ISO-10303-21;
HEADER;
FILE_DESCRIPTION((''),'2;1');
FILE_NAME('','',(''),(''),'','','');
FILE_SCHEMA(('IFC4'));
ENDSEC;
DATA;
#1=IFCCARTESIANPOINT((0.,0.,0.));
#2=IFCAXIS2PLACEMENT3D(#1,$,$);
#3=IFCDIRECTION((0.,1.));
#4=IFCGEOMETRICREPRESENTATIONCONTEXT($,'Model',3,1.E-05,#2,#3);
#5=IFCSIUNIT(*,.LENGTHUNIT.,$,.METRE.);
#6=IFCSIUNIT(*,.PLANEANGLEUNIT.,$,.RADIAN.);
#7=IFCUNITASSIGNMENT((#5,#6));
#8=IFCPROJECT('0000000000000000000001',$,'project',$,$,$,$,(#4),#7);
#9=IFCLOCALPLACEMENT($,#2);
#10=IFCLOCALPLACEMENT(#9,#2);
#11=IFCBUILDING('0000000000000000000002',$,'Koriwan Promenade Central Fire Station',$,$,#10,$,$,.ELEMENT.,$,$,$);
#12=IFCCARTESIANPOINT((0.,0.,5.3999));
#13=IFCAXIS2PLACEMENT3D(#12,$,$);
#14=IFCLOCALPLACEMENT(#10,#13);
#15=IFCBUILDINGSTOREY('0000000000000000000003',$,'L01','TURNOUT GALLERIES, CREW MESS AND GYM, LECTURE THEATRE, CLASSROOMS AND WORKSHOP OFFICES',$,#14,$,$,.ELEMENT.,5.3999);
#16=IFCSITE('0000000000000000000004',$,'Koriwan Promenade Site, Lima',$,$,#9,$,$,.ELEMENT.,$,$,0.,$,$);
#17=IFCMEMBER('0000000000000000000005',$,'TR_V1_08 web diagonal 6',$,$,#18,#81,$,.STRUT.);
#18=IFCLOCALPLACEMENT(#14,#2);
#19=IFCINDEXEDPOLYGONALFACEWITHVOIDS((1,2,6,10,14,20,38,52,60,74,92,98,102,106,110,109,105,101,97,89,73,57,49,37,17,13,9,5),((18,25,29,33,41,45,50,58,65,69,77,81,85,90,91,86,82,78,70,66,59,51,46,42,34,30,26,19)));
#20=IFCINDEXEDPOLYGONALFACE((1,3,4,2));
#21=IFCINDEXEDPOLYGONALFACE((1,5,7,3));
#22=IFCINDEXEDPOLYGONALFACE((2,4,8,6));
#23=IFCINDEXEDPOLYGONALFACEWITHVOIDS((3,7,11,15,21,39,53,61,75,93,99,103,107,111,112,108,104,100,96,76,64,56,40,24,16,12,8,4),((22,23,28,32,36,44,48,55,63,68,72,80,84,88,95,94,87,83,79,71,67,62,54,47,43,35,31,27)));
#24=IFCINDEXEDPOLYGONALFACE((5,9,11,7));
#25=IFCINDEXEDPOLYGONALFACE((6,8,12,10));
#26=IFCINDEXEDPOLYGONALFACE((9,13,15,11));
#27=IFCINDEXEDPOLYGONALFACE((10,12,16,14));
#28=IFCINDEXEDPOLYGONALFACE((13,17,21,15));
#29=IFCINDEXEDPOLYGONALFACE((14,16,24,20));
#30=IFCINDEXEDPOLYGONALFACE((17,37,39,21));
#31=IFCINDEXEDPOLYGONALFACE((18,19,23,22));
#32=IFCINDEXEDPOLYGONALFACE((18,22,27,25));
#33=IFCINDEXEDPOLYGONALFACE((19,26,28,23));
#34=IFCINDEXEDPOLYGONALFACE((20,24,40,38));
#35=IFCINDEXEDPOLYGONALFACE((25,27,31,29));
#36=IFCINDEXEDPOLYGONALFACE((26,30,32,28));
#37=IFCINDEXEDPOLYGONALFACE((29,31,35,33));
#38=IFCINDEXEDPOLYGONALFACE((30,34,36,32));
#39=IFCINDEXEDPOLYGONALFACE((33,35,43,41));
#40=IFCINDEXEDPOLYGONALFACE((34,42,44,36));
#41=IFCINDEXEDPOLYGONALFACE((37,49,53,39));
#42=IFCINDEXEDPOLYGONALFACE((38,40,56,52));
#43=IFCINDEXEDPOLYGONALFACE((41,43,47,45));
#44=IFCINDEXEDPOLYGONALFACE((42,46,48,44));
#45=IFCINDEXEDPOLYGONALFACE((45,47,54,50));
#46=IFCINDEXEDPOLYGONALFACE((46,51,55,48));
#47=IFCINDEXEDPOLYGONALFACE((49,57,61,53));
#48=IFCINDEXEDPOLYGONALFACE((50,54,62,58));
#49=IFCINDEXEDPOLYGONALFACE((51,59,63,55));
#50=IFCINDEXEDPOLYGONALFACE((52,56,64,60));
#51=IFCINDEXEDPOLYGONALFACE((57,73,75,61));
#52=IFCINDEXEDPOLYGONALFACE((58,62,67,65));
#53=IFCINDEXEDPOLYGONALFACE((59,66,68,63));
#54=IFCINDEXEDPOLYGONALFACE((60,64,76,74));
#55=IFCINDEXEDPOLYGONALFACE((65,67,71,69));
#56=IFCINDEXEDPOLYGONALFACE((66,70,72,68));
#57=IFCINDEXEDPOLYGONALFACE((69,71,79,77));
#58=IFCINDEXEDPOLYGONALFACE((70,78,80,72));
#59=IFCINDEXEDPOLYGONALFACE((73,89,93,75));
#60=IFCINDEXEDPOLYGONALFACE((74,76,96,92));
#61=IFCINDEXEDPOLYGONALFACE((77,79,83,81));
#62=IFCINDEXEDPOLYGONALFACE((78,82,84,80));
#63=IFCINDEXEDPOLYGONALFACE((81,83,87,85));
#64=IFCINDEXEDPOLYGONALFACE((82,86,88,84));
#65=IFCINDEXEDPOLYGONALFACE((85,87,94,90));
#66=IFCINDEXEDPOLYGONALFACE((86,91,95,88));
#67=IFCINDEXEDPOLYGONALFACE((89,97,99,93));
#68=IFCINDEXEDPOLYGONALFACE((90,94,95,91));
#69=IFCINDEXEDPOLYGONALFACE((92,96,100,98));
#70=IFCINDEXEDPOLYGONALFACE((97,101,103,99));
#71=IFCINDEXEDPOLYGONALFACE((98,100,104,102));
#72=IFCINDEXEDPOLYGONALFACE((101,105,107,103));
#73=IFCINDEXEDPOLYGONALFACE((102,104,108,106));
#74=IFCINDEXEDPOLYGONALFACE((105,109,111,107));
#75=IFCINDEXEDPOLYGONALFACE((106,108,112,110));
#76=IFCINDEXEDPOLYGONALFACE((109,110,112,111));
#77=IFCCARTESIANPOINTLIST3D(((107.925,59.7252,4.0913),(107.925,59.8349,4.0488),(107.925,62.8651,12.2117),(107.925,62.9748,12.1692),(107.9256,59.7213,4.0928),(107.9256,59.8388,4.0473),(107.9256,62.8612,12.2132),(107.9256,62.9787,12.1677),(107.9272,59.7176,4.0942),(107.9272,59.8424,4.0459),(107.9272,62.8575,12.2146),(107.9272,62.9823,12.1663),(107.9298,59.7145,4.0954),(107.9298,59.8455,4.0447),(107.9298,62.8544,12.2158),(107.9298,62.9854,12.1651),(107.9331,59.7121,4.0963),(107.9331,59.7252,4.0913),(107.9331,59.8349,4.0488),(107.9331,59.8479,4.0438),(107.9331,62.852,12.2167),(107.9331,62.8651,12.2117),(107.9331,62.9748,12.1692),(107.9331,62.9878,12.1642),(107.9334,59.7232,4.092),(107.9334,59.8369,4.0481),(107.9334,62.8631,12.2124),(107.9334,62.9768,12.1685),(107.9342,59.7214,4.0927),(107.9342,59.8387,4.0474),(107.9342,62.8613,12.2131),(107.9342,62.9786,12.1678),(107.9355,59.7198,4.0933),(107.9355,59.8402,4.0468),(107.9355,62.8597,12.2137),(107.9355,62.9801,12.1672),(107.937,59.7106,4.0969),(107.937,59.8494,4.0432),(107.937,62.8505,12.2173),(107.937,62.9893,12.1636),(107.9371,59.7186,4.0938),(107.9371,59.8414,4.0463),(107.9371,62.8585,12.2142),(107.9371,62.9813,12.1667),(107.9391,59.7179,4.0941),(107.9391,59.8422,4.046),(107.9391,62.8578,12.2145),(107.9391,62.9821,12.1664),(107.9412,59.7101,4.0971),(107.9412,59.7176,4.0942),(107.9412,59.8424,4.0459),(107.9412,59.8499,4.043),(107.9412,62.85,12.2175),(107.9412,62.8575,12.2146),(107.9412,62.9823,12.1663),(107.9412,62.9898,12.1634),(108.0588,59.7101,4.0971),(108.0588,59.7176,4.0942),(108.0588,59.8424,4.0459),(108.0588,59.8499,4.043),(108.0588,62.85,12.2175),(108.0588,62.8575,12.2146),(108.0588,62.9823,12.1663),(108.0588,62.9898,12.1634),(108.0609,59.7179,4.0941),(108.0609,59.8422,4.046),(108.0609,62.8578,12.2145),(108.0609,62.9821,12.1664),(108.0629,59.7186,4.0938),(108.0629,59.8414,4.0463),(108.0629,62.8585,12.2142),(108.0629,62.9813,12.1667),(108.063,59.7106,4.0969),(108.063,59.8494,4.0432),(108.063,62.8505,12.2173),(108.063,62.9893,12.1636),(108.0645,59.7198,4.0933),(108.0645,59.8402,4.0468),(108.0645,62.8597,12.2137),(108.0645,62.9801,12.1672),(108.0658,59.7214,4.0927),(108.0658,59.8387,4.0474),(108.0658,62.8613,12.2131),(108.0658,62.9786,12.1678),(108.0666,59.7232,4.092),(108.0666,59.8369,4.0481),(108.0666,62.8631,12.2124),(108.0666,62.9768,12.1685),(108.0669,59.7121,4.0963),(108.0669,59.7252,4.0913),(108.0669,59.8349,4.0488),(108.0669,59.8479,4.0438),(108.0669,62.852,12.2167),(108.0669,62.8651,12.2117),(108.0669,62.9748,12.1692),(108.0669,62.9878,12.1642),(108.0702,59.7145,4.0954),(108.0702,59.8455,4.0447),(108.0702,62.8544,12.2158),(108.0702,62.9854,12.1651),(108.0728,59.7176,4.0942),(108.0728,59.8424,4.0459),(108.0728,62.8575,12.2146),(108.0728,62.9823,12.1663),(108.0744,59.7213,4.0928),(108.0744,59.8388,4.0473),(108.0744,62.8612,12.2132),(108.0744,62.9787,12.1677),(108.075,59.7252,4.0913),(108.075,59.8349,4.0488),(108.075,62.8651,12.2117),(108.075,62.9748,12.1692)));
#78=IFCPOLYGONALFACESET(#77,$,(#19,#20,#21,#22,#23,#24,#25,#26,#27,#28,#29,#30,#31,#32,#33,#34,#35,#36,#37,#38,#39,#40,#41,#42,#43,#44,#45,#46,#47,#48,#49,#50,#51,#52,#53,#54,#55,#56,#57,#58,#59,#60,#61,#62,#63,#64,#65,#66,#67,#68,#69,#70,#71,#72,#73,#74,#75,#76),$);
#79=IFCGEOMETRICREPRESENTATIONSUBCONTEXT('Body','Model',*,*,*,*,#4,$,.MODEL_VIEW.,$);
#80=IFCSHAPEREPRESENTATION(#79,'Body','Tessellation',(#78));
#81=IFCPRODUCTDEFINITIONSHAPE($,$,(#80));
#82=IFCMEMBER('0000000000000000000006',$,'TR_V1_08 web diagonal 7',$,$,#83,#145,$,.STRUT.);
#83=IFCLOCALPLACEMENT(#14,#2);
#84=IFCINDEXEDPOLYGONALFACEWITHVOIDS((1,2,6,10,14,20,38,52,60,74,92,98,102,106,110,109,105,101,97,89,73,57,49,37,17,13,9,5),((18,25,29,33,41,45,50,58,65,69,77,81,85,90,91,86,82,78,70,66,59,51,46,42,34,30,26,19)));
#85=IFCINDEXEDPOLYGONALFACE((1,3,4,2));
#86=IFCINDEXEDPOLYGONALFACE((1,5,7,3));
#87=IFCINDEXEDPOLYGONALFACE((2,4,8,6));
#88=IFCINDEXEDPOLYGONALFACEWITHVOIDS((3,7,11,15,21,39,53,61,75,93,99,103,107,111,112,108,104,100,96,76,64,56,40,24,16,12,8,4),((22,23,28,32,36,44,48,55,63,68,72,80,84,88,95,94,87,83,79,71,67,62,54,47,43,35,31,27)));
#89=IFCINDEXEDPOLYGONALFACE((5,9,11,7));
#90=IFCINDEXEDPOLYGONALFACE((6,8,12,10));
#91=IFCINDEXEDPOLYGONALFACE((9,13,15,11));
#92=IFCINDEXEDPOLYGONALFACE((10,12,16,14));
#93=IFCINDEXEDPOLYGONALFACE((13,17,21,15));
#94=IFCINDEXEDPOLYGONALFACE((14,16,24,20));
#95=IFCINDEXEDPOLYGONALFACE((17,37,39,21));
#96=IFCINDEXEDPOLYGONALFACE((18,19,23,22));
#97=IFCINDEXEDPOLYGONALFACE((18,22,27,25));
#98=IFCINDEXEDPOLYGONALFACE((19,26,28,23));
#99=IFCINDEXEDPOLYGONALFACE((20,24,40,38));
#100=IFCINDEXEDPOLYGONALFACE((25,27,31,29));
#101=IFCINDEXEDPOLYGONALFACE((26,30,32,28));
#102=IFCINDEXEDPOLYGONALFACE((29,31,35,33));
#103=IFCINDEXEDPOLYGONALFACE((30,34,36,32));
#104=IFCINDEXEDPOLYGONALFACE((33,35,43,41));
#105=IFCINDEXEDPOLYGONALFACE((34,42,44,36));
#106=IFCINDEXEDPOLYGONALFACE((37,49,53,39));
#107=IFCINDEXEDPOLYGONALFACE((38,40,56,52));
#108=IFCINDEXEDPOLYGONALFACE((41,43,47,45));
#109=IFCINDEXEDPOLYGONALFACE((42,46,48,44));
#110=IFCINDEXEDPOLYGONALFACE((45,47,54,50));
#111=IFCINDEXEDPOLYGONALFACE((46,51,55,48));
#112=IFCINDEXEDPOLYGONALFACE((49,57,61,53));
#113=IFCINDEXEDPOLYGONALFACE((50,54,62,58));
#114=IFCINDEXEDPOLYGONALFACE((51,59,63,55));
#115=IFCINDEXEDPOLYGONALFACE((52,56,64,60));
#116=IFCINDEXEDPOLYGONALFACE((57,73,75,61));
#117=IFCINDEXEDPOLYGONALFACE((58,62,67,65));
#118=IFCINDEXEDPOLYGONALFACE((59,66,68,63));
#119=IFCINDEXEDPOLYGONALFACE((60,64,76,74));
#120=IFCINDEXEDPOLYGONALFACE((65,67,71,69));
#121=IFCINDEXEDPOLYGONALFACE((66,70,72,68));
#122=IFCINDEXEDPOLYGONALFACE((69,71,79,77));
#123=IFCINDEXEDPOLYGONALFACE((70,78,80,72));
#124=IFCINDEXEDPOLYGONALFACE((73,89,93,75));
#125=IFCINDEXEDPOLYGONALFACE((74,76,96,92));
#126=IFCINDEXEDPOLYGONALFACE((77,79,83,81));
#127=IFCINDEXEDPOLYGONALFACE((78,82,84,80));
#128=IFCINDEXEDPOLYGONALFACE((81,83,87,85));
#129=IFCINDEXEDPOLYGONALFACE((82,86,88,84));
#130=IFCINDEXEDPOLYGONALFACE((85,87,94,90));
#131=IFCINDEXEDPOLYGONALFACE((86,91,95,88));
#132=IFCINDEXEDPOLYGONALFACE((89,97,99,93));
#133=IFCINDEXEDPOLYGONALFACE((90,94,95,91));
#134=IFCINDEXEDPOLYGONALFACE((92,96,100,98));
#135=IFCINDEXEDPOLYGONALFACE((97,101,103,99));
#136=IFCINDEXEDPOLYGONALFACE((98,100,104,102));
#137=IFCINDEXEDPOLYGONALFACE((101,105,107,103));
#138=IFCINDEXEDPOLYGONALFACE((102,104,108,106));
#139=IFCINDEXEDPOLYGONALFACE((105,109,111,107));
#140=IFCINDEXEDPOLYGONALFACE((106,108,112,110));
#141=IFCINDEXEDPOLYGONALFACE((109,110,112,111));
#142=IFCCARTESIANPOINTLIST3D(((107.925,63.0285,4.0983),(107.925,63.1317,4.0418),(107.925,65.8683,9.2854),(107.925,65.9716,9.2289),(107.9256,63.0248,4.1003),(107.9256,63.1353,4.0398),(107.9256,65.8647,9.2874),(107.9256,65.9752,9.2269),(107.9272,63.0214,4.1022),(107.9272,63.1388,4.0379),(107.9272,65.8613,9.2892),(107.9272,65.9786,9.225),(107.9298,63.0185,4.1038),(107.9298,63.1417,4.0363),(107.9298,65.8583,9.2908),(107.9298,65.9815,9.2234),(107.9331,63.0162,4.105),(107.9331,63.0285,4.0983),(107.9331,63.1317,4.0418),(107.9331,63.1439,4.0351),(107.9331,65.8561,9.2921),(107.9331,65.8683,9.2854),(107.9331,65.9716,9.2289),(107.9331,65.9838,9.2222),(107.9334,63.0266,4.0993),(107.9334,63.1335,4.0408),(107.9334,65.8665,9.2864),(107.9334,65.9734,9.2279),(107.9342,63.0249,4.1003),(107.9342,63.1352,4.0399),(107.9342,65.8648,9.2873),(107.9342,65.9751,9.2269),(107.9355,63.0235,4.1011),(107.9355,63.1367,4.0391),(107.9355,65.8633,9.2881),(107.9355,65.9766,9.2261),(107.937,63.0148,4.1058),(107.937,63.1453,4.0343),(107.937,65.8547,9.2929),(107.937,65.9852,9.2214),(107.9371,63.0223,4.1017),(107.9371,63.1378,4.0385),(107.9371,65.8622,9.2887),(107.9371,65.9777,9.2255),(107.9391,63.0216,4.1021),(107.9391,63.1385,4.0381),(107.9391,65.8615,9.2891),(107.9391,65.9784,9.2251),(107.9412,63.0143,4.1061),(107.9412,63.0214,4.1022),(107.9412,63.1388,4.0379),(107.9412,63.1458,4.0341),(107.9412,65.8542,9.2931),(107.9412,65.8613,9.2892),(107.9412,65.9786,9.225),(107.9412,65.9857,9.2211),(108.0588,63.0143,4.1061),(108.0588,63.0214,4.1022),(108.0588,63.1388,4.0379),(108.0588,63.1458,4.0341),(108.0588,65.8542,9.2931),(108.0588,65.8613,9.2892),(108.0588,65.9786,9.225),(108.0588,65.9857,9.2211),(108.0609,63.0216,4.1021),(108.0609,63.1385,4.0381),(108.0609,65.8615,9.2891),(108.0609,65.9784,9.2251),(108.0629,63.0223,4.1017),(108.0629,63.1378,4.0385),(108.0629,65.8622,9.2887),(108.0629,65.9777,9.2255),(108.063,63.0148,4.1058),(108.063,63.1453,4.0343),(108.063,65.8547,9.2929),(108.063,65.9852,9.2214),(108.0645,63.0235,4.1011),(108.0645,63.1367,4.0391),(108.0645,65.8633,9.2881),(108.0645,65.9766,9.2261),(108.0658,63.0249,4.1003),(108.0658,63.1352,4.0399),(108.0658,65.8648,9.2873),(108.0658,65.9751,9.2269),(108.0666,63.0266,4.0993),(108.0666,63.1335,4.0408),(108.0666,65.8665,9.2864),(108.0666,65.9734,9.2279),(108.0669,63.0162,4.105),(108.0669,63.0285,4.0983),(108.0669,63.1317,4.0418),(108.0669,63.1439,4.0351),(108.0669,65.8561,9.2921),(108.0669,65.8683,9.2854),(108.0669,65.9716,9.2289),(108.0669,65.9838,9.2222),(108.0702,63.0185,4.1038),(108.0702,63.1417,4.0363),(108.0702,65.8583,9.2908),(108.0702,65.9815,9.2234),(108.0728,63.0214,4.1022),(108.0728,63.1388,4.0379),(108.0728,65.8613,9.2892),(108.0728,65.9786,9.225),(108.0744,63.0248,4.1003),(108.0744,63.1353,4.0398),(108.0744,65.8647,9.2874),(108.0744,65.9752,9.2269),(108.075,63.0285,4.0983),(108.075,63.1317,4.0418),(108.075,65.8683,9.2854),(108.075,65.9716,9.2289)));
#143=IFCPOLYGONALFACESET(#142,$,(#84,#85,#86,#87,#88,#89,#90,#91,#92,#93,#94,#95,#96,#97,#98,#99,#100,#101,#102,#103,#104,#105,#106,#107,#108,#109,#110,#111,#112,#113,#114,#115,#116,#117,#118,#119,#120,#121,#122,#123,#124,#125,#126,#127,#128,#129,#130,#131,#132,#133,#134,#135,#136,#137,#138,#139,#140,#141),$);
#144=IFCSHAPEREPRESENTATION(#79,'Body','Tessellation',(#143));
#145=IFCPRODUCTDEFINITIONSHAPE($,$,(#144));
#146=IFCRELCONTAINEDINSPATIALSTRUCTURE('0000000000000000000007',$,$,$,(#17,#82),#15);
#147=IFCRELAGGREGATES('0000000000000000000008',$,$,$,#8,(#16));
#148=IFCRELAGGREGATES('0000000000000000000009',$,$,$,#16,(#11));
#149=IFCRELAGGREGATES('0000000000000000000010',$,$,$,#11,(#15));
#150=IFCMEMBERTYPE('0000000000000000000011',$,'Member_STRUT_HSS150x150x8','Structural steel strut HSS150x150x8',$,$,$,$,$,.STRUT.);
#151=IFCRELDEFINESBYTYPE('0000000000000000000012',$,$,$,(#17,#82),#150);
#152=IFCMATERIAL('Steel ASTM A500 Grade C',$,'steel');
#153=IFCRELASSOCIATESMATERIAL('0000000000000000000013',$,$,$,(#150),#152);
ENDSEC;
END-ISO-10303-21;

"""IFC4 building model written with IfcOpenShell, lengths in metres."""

from ifc_helpers import new_model, si_unit, direction, frame, origin, origin_2d, place, context, subcontext, project, spatial, hollow_rectangle, extrude, material, material_profile, profile_set, type_object, element, save


model = new_model("IFC4")

# Units and contexts
model_context = context("Model", 3, precision=1e-05, world=origin(), true_north=direction((0.0, 1.0)))
body_context = subcontext(model_context, "Body", "Model", "MODEL_VIEW")
ifc_project = project(units=[si_unit("LENGTHUNIT", "METRE"), si_unit("PLANEANGLEUNIT", "RADIAN")], contexts=[model_context])

# Site, building, storey
site_placement = place(None, origin())
site = spatial("IfcSite", under=ifc_project, at=site_placement, Name="Koriwan Promenade Site, Lima", CompositionType="ELEMENT", RefElevation=0.0)
building_placement = place(site_placement, origin())
building = spatial("IfcBuilding", under=site, at=building_placement, Name="Koriwan Promenade Central Fire Station", CompositionType="ELEMENT")
storey_placement = place(building_placement, frame((0.0, 0.0, 5.3999)))
storey = spatial("IfcBuildingStorey", under=building, at=storey_placement, Name="L01", Description="TURNOUT GALLERIES, CREW MESS AND GYM, LECTURE THEATRE, CLASSROOMS AND WORKSHOP OFFICES", CompositionType="ELEMENT", Elevation=5.3999)

# Members
ifc_material_1 = material(Name="Steel ASTM A500 Grade C", Category="steel")
ifc_material_profile_1 = material_profile(ifc_material_1, hollow_rectangle(XDim=0.1499, YDim=0.1499, WallThickness=0.0081, InnerFilletRadius=0.0081, OuterFilletRadius=0.0161, at=origin_2d()), Name="HSS150x150x8")
ifc_profile_set_1 = profile_set([ifc_material_profile_1], Name="Steel ASTM A500 Grade C")
member_type_1 = type_object("IfcMemberType", Name="Member_STRUT_HSS150x150x8", Description="Structural steel strut HSS150x150x8", PredefinedType="STRUT", material=ifc_profile_set_1)
member_1_placement = place(storey_placement, frame((108.0, 59.78, 4.0701), z_axis=(0.0, 0.360647, 0.932702), x_axis=(-1.0, 0.0, 0.0)))
element("IfcMember", 1, at=member_1_placement, inside=storey, type_object=member_type_1, Name="TR_V1_08 web diagonal 6", PredefinedType="STRUT", context=body_context, shape_type="SweptSolid", body=[
    extrude(hollow_rectangle(XDim=0.1499, YDim=0.1499, WallThickness=0.0081, InnerFilletRadius=0.0081, OuterFilletRadius=0.0161, at=origin_2d()), origin(), (0.0, 0.0, 1.0), 8.7063),
])
member_2_placement = place(storey_placement, frame((108.0, 63.0801, 4.0701), z_axis=(0.0, 0.480228, 0.877143), x_axis=(-1.0, 0.0, 0.0)))
element("IfcMember", 2, at=member_2_placement, inside=storey, type_object=member_type_1, Name="TR_V1_08 web diagonal 7", PredefinedType="STRUT", context=body_context, shape_type="SweptSolid", body=[
    extrude(hollow_rectangle(XDim=0.1499, YDim=0.1499, WallThickness=0.0081, InnerFilletRadius=0.0081, OuterFilletRadius=0.0161, at=origin_2d()), origin(), (0.0, 0.0, 1.0), 5.9136),
])

save(model, "model.ifc")
